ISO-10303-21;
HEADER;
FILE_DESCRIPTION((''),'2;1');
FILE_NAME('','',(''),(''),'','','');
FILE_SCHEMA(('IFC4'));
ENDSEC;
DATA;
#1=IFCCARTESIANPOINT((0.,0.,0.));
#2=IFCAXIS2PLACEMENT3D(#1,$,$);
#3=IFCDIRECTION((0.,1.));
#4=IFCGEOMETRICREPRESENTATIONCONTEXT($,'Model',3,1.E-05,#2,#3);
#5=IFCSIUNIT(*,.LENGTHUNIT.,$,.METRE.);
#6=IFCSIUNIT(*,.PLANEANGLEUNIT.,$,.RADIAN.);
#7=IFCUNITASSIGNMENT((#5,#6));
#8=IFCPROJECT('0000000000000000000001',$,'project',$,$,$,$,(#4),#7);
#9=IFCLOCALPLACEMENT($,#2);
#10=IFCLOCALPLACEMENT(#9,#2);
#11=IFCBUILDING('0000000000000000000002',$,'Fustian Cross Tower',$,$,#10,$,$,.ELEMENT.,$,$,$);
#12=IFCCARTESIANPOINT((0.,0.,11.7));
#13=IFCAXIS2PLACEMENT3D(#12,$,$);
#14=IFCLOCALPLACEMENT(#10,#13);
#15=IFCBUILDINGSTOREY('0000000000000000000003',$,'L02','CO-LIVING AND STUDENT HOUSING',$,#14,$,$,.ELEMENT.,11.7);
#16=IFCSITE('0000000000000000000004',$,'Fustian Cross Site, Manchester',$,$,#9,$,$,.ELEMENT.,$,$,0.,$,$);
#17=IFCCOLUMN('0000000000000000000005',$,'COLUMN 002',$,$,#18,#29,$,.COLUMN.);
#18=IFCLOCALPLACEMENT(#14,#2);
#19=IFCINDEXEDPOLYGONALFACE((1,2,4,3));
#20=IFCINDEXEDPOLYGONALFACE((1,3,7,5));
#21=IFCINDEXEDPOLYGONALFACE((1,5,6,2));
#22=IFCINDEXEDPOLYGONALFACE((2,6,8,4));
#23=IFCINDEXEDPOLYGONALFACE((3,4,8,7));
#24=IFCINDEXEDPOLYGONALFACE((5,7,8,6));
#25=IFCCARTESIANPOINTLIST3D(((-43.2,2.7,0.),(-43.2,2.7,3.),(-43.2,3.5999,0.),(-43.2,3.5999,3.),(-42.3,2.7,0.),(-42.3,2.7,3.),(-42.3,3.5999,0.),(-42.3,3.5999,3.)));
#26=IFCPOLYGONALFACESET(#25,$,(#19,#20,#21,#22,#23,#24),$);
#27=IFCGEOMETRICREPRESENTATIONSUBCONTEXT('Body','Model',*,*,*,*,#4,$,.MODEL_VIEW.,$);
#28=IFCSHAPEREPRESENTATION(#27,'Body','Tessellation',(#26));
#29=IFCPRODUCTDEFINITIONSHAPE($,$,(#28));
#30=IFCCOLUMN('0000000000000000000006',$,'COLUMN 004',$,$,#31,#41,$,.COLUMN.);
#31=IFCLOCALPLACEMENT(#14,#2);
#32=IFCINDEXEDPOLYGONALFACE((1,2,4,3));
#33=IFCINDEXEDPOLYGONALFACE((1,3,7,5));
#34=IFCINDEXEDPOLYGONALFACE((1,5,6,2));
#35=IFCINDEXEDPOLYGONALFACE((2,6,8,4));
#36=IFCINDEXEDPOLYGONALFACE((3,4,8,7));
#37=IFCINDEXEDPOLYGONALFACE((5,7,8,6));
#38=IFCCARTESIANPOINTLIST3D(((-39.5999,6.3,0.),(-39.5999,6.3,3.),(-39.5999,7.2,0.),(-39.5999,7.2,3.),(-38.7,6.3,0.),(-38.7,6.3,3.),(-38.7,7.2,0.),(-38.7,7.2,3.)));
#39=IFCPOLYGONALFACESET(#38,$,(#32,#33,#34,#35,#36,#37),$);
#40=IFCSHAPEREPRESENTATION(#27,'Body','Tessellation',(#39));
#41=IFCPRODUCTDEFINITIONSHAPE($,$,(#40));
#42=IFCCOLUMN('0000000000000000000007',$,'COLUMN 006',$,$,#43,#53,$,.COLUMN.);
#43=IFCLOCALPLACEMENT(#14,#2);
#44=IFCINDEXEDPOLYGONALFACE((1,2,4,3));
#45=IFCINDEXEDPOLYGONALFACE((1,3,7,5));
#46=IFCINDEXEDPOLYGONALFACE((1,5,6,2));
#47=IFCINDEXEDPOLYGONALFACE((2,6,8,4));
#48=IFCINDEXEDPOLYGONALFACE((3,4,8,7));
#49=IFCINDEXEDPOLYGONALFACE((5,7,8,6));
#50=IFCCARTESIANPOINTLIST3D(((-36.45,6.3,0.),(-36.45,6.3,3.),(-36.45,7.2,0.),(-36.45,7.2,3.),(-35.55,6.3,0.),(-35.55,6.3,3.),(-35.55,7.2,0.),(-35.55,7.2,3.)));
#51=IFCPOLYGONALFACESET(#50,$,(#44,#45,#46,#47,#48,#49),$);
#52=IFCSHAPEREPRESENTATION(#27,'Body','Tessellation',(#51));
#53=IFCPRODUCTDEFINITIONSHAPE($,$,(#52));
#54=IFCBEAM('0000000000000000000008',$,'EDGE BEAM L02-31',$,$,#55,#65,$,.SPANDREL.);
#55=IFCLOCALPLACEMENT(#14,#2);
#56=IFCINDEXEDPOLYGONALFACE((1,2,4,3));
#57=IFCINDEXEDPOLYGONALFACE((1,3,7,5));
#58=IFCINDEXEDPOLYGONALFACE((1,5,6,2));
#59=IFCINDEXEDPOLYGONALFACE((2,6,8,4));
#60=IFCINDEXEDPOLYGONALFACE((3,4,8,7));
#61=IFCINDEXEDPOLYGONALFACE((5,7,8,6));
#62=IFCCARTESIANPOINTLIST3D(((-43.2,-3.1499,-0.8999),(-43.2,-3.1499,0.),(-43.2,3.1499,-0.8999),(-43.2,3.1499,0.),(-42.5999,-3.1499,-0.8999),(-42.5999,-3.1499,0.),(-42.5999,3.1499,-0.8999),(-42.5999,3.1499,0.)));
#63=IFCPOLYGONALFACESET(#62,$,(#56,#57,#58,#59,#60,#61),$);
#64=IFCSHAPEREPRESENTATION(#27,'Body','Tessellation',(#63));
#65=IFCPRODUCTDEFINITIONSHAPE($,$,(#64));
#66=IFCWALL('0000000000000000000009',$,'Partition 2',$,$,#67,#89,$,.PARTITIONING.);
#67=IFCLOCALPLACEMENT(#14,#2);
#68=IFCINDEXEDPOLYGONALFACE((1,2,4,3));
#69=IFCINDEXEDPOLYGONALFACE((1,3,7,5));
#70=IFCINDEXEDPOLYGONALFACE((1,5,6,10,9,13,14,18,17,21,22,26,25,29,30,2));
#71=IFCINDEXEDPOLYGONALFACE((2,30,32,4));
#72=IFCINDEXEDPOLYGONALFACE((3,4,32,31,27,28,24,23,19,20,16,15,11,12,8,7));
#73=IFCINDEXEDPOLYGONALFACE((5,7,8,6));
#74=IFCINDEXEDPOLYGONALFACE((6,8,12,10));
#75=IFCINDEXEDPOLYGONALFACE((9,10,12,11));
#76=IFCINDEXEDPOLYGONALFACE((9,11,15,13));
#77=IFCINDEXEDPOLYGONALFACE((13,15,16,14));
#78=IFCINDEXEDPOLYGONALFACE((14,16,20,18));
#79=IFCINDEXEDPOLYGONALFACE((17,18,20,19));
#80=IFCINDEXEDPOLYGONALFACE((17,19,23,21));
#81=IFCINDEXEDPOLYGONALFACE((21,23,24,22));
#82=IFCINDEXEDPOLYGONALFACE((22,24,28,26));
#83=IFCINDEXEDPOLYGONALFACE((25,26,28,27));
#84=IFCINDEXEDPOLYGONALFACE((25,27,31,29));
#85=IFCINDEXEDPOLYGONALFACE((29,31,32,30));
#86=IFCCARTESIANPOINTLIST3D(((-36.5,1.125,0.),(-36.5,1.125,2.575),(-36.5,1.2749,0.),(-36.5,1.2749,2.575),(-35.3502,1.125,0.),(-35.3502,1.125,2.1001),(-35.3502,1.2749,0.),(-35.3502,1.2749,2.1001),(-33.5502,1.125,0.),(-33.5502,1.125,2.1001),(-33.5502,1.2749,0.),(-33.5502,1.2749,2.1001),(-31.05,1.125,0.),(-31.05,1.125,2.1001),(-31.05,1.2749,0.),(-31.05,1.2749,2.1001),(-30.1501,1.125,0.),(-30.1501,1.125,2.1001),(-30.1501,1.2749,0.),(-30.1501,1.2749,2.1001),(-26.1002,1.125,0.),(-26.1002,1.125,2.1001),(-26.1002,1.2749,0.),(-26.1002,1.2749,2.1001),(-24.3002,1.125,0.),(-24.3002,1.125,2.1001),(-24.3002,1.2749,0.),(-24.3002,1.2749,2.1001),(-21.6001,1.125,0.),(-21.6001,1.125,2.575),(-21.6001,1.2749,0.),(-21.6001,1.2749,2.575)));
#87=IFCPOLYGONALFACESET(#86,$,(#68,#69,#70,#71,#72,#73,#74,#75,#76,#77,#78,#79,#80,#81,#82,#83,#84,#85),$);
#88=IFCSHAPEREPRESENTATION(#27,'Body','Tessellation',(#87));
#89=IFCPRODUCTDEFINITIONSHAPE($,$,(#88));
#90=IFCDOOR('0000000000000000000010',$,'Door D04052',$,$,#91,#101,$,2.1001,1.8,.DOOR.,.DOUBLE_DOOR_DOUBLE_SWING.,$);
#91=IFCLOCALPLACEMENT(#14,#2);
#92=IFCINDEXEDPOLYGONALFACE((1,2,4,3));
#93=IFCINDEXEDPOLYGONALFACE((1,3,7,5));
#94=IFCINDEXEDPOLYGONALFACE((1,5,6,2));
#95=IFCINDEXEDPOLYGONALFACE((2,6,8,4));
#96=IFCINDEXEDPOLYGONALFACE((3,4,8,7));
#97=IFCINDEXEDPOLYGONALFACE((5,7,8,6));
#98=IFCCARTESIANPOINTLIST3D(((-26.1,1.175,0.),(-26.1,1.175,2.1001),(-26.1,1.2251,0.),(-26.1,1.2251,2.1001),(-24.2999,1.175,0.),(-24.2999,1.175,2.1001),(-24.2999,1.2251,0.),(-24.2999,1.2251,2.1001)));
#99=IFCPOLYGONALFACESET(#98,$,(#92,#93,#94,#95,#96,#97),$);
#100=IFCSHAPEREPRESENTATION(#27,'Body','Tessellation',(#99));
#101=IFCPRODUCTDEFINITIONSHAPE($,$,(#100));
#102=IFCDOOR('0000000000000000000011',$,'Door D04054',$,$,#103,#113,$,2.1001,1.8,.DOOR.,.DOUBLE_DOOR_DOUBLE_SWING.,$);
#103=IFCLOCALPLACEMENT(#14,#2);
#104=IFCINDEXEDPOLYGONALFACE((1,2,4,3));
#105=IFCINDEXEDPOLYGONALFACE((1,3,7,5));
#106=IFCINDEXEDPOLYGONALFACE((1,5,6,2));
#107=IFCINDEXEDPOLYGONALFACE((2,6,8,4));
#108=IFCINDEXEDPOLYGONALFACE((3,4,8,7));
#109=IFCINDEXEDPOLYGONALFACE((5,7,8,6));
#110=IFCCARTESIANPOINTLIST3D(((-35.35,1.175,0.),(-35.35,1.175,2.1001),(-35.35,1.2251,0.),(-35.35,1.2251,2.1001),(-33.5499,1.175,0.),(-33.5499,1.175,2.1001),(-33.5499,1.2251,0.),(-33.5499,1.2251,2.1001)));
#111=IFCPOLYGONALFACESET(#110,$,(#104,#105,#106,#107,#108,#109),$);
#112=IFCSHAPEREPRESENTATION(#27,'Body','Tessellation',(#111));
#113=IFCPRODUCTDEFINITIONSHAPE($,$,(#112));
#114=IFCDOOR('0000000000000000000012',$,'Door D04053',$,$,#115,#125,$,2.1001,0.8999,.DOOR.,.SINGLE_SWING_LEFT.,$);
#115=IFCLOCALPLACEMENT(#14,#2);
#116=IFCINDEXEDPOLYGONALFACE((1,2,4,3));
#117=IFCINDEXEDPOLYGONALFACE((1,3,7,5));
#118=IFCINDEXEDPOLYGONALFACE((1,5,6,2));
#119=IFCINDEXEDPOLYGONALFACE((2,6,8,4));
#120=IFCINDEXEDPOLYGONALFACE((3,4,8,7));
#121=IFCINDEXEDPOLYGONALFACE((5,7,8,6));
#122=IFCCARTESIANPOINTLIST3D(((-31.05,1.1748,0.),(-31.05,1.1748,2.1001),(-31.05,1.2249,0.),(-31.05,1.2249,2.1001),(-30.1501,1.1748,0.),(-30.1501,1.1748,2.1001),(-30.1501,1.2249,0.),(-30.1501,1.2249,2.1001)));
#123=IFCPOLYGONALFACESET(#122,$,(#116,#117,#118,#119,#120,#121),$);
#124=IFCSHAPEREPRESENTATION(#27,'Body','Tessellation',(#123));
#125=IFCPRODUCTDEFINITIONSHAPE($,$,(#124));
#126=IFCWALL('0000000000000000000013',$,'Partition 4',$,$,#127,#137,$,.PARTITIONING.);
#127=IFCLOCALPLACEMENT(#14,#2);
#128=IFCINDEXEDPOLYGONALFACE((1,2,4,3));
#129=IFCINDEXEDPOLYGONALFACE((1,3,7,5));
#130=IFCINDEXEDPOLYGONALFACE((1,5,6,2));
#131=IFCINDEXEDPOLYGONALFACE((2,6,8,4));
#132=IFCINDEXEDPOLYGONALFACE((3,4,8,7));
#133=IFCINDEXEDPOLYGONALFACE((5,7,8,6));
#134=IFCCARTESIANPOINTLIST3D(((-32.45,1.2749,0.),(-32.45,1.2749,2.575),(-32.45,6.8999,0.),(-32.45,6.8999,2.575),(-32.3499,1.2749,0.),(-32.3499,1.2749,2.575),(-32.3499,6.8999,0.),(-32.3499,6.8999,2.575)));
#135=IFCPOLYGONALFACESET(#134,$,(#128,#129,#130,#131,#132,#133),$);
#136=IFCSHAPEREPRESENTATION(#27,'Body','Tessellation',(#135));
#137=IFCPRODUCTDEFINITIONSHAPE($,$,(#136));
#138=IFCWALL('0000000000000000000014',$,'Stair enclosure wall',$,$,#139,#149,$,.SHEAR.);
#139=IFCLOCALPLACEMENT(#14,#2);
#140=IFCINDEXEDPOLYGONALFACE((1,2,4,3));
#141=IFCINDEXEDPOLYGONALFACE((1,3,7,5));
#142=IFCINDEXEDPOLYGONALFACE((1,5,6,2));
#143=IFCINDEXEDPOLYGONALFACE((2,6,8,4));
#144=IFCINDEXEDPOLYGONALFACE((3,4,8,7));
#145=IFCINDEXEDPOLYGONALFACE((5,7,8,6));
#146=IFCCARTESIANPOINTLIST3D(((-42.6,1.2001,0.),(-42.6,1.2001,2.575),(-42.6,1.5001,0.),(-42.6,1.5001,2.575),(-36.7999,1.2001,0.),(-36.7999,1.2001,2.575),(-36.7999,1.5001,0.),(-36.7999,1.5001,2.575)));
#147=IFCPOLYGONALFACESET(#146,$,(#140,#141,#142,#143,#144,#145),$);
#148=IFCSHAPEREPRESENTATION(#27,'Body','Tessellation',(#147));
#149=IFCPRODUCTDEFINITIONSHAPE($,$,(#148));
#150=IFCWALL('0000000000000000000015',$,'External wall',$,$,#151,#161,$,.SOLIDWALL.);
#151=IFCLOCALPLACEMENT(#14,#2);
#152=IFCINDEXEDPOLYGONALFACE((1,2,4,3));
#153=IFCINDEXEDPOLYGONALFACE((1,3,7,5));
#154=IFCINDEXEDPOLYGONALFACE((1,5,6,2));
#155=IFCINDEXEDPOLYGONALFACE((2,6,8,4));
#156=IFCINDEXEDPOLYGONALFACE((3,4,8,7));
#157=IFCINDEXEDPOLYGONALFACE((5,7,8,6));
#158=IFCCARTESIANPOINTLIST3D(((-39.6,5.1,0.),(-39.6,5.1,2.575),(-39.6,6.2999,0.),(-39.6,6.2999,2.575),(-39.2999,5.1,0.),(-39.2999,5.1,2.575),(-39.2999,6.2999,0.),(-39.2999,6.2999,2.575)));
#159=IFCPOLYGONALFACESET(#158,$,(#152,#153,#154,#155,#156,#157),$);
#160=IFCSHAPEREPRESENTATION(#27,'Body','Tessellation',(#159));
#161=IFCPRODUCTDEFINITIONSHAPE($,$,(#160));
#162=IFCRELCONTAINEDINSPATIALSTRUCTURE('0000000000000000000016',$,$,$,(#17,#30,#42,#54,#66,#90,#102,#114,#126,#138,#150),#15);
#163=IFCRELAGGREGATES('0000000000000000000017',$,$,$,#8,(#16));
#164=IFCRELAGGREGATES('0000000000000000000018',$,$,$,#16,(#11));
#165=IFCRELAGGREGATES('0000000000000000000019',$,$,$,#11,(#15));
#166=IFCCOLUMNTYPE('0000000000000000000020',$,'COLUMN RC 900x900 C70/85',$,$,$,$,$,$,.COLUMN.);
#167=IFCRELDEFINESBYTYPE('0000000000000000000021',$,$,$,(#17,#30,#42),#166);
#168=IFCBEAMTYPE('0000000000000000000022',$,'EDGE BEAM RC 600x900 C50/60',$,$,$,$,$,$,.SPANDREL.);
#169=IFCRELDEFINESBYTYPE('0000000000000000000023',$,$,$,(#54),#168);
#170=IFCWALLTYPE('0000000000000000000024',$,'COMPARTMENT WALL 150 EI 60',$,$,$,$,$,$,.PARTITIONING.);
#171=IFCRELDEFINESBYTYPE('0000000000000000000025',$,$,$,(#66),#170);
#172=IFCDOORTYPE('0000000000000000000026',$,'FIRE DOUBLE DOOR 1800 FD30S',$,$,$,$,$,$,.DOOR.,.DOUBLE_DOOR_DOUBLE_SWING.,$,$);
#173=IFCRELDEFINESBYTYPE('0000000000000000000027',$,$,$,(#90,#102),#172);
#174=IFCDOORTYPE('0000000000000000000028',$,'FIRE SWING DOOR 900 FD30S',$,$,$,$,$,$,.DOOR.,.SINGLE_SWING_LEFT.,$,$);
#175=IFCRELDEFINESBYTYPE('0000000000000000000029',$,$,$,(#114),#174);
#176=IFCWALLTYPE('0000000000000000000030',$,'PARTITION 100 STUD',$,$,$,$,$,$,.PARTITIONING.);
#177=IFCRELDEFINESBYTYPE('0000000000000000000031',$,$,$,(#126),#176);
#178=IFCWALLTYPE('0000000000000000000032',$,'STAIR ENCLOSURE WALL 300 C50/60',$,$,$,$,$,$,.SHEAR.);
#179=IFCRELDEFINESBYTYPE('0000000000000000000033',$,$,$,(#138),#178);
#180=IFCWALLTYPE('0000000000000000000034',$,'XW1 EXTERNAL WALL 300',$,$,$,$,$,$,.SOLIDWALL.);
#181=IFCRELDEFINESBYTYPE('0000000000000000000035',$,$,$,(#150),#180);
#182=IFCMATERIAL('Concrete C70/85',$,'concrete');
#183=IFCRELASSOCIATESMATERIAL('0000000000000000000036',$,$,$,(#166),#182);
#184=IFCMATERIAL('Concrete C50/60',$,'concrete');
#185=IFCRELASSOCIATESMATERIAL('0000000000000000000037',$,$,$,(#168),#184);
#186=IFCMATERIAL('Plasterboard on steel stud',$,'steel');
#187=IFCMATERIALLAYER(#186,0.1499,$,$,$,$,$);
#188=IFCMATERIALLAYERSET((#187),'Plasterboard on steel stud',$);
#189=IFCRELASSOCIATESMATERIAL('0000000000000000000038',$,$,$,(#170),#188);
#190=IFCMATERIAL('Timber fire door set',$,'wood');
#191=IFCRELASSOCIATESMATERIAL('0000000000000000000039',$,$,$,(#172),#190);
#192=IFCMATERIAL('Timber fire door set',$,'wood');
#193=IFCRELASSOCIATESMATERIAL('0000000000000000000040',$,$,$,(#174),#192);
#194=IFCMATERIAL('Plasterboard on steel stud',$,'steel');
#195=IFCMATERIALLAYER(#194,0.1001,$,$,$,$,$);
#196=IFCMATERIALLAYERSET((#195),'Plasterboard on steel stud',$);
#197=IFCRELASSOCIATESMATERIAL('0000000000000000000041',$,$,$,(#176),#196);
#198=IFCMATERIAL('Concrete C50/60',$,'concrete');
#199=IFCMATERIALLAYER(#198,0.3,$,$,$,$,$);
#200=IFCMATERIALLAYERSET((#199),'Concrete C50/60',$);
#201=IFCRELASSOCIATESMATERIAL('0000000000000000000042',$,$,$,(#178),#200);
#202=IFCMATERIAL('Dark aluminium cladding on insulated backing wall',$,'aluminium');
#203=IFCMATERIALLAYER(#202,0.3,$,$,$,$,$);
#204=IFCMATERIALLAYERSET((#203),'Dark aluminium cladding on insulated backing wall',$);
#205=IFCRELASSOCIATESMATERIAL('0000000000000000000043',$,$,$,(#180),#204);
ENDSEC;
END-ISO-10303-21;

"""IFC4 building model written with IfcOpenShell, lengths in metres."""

from ifc_helpers import new_model, si_unit, direction, frame, frame_2d, origin, origin_2d, place, context, subcontext, project, spatial, rectangle, extrude, material, layer, layer_set, material_profile, profile_set, type_object, element, fill, save


model = new_model("IFC4")

# Units and contexts
model_context = context("Model", 3, precision=1e-05, world=origin(), true_north=direction((0.0, 1.0)))
body_context = subcontext(model_context, "Body", "Model", "MODEL_VIEW")
ifc_project = project(units=[si_unit("LENGTHUNIT", "METRE"), si_unit("PLANEANGLEUNIT", "RADIAN")], contexts=[model_context])

# Site, building, storey
site_placement = place(None, origin())
site = spatial("IfcSite", under=ifc_project, at=site_placement, Name="Fustian Cross Site, Manchester", CompositionType="ELEMENT", RefElevation=0.0)
building_placement = place(site_placement, origin())
building = spatial("IfcBuilding", under=site, at=building_placement, Name="Fustian Cross Tower", CompositionType="ELEMENT")
storey_placement = place(building_placement, frame((0.0, 0.0, 11.7)))
storey = spatial("IfcBuildingStorey", under=building, at=storey_placement, Name="L02", Description="CO-LIVING AND STUDENT HOUSING", CompositionType="ELEMENT", Elevation=11.7)

# Columns
ifc_material_1 = material(Name="Concrete C70/85", Category="concrete")
ifc_material_profile_1 = material_profile(ifc_material_1, rectangle(XDim=0.8999, YDim=0.8999, at=origin_2d()), Name="RC 900x900")
ifc_profile_set_1 = profile_set([ifc_material_profile_1], Name="Concrete C70/85")
column_type = type_object("IfcColumnType", Name="COLUMN RC 900x900 C70/85", PredefinedType="COLUMN", material=ifc_profile_set_1)
for number, where, z_axis, x_axis, name in (
    (1, (-42.75, 3.1499, 0.0), (0.0, 0.0, 1.0), (1.0, 0.0, 0.0), "COLUMN 002"),
    (2, (-39.1499, 6.75, 0.0), (0.0, 0.0, 1.0), (1.0, 0.0, 0.0), "COLUMN 004"),
    (3, (-36.0, 6.75, 0.0), (0.0, 0.0, 1.0), (1.0, 0.0, 0.0), "COLUMN 006"),
):
    element("IfcColumn", number, at=place(storey_placement, frame(where, z_axis=z_axis, x_axis=x_axis)), inside=storey, type_object=column_type, Name=name, PredefinedType="COLUMN", context=body_context, shape_type="SweptSolid", body=[
        extrude(rectangle(XDim=0.8999, YDim=0.8999, at=origin_2d()), origin(), (0.0, 0.0, 1.0), 3.0),
    ])

# Beam
ifc_material_2 = material(Name="Concrete C50/60", Category="concrete")
ifc_material_profile_2 = material_profile(ifc_material_2, rectangle(XDim=0.6001, YDim=0.8999, at=origin_2d()), Name="RC 600x900")
ifc_profile_set_2 = profile_set([ifc_material_profile_2], Name="Concrete C50/60")
beam_type = type_object("IfcBeamType", Name="EDGE BEAM RC 600x900 C50/60", PredefinedType="SPANDREL", material=ifc_profile_set_2)
beam_placement = place(storey_placement, frame((-42.8999, 3.1499, -0.45), z_axis=(0.0, -1.0, 0.0), x_axis=(1.0, 0.0, 0.0)))
element("IfcBeam", 4, at=beam_placement, inside=storey, type_object=beam_type, Name="EDGE BEAM L02-31", PredefinedType="SPANDREL", context=body_context, shape_type="SweptSolid", body=[
    extrude(rectangle(XDim=0.6001, YDim=0.8999, at=origin_2d()), origin(), (0.0, 0.0, 1.0), 6.2998),
])

# Wall, openings, doors
ifc_material_3 = material(Name="Plasterboard on steel stud", Category="steel")
ifc_layer_1 = layer(ifc_material_3, 0.1499)
ifc_layer_set_1 = layer_set([ifc_layer_1], Name="Plasterboard on steel stud")
wall_type_1 = type_object("IfcWallType", Name="COMPARTMENT WALL 150 EI 60", PredefinedType="PARTITIONING", material=ifc_layer_set_1)
wall_1_placement = place(storey_placement, frame((-36.5, 1.2, 0.0), z_axis=(0.0, 0.0, 1.0), x_axis=(1.0, 0.0, 0.0)))
wall_1 = element("IfcWall", 5, at=wall_1_placement, inside=storey, type_object=wall_type_1, Name="Partition 2", PredefinedType="PARTITIONING", context=body_context, shape_type="SweptSolid", body=[
    extrude(rectangle(XDim=14.8999, YDim=0.1499, at=frame_2d((7.45, 0.0))), origin(), (0.0, 0.0, 1.0), 2.575),
])
opening_1_placement = place(wall_1_placement, frame((10.3999, 0.0, 0.0)))
opening_1 = element("IfcOpeningElement", 6, at=opening_1_placement, cuts=wall_1, PredefinedType="OPENING", context=body_context, shape_type="SweptSolid", body=[
    extrude(rectangle(XDim=1.8, YDim=2.1001, at=frame_2d((0.8999, 1.05))), frame((0.0, 0.085, 0.0), z_axis=(0.0, -1.0, 0.0), x_axis=(1.0, 0.0, 0.0)), (0.0, 0.0, 1.0), 0.1699),
])
opening_2_placement = place(wall_1_placement, frame((5.45, 0.0, 0.0)))
opening_2 = element("IfcOpeningElement", 7, at=opening_2_placement, cuts=wall_1, PredefinedType="OPENING", context=body_context, shape_type="SweptSolid", body=[
    extrude(rectangle(XDim=0.8999, YDim=2.1001, at=frame_2d((0.45, 1.05))), frame((0.0, 0.085, 0.0), z_axis=(0.0, -1.0, 0.0), x_axis=(1.0, 0.0, 0.0)), (0.0, 0.0, 1.0), 0.1699),
])
opening_3_placement = place(wall_1_placement, frame((1.1499, 0.0, 0.0)))
opening_3 = element("IfcOpeningElement", 8, at=opening_3_placement, cuts=wall_1, PredefinedType="OPENING", context=body_context, shape_type="SweptSolid", body=[
    extrude(rectangle(XDim=1.8, YDim=2.1001, at=frame_2d((0.8999, 1.05))), frame((0.0, 0.085, 0.0), z_axis=(0.0, -1.0, 0.0), x_axis=(1.0, 0.0, 0.0)), (0.0, 0.0, 1.0), 0.1699),
])
ifc_material_4 = material(Name="Timber fire door set", Category="wood")
door_type_1 = type_object("IfcDoorType", Name="FIRE DOUBLE DOOR 1800 FD30S", OperationType="DOUBLE_DOOR_DOUBLE_SWING", PredefinedType="DOOR", material=ifc_material_4)
door_1_placement = place(opening_1_placement, frame((1.8, 0.0, 0.0), z_axis=(0.0, 0.0, 1.0), x_axis=(-1.0, 0.0, 0.0)))
door_1 = element("IfcDoor", 9, at=door_1_placement, inside=storey, type_object=door_type_1, Name="Door D04052", OperationType="DOUBLE_DOOR_DOUBLE_SWING", OverallHeight=2.1001, OverallWidth=1.8, PredefinedType="DOOR", context=body_context, shape_type="SweptSolid", body=[
    extrude(rectangle(XDim=1.8, YDim=2.1001, at=frame_2d((0.8999, 1.05))), frame((0.0, 0.0249, 0.0), z_axis=(0.0, -1.0, 0.0), x_axis=(1.0, 0.0, 0.0)), (0.0, 0.0, 1.0), 0.05),
])
fill(opening_1, door_1)
door_2_placement = place(opening_3_placement, frame((1.8, 0.0, 0.0), z_axis=(0.0, 0.0, 1.0), x_axis=(-1.0, 0.0, 0.0)))
door_2 = element("IfcDoor", 10, at=door_2_placement, inside=storey, type_object=door_type_1, Name="Door D04054", OperationType="DOUBLE_DOOR_DOUBLE_SWING", OverallHeight=2.1001, OverallWidth=1.8, PredefinedType="DOOR", context=body_context, shape_type="SweptSolid", body=[
    extrude(rectangle(XDim=1.8, YDim=2.1001, at=frame_2d((0.8999, 1.05))), frame((0.0, 0.0249, 0.0), z_axis=(0.0, -1.0, 0.0), x_axis=(1.0, 0.0, 0.0)), (0.0, 0.0, 1.0), 0.05),
])
fill(opening_3, door_2)
ifc_material_5 = material(Name="Timber fire door set", Category="wood")
door_type_2 = type_object("IfcDoorType", Name="FIRE SWING DOOR 900 FD30S", OperationType="SINGLE_SWING_LEFT", PredefinedType="DOOR", material=ifc_material_5)
door_3_placement = place(opening_2_placement, origin())
door_3 = element("IfcDoor", 11, at=door_3_placement, inside=storey, type_object=door_type_2, Name="Door D04053", OperationType="SINGLE_SWING_LEFT", OverallHeight=2.1001, OverallWidth=0.8999, PredefinedType="DOOR", context=body_context, shape_type="SweptSolid", body=[
    extrude(rectangle(XDim=0.8999, YDim=2.1001, at=frame_2d((0.45, 1.05))), frame((0.0, 0.0249, 0.0), z_axis=(0.0, -1.0, 0.0), x_axis=(1.0, 0.0, 0.0)), (0.0, 0.0, 1.0), 0.05),
])
fill(opening_2, door_3)

# Walls
ifc_material_6 = material(Name="Plasterboard on steel stud", Category="steel")
ifc_layer_2 = layer(ifc_material_6, 0.1001)
ifc_layer_set_2 = layer_set([ifc_layer_2], Name="Plasterboard on steel stud")
wall_type_2 = type_object("IfcWallType", Name="PARTITION 100 STUD", PredefinedType="PARTITIONING", material=ifc_layer_set_2)
wall_2_placement = place(storey_placement, frame((-32.3999, 1.2749, 0.0), z_axis=(0.0, 0.0, 1.0), x_axis=(0.0, 1.0, 0.0)))
element("IfcWall", 12, at=wall_2_placement, inside=storey, type_object=wall_type_2, Name="Partition 4", PredefinedType="PARTITIONING", context=body_context, shape_type="SweptSolid", body=[
    extrude(rectangle(XDim=5.625, YDim=0.1001, at=frame_2d((2.8125, 0.0))), origin(), (0.0, 0.0, 1.0), 2.575),
])
ifc_material_7 = material(Name="Concrete C50/60", Category="concrete")
ifc_layer_3 = layer(ifc_material_7, 0.3)
ifc_layer_set_3 = layer_set([ifc_layer_3], Name="Concrete C50/60")
wall_type_3 = type_object("IfcWallType", Name="STAIR ENCLOSURE WALL 300 C50/60", PredefinedType="SHEAR", material=ifc_layer_set_3)
wall_3_placement = place(storey_placement, frame((-36.8, 1.3501, 0.0), z_axis=(0.0, 0.0, 1.0), x_axis=(-1.0, 0.0, 0.0)))
element("IfcWall", 13, at=wall_3_placement, inside=storey, type_object=wall_type_3, Name="Stair enclosure wall", PredefinedType="SHEAR", context=body_context, shape_type="SweptSolid", body=[
    extrude(rectangle(XDim=5.8, YDim=0.3, at=frame_2d((2.8999, 0.0))), origin(), (0.0, 0.0, 1.0), 2.575),
])
ifc_material_8 = material(Name="Dark aluminium cladding on insulated backing wall", Category="aluminium")
ifc_layer_4 = layer(ifc_material_8, 0.3)
ifc_layer_set_4 = layer_set([ifc_layer_4], Name="Dark aluminium cladding on insulated backing wall")
wall_type_4 = type_object("IfcWallType", Name="XW1 EXTERNAL WALL 300", PredefinedType="SOLIDWALL", material=ifc_layer_set_4)
wall_4_placement = place(storey_placement, frame((-39.45, 6.3, 0.0), z_axis=(0.0, 0.0, 1.0), x_axis=(0.0, -1.0, 0.0)))
element("IfcWall", 14, at=wall_4_placement, inside=storey, type_object=wall_type_4, Name="External wall", PredefinedType="SOLIDWALL", context=body_context, shape_type="SweptSolid", body=[
    extrude(rectangle(XDim=1.2, YDim=0.3, at=frame_2d((0.6001, 0.0))), origin(), (0.0, 0.0, 1.0), 2.575),
])

save(model, "model.ifc")
